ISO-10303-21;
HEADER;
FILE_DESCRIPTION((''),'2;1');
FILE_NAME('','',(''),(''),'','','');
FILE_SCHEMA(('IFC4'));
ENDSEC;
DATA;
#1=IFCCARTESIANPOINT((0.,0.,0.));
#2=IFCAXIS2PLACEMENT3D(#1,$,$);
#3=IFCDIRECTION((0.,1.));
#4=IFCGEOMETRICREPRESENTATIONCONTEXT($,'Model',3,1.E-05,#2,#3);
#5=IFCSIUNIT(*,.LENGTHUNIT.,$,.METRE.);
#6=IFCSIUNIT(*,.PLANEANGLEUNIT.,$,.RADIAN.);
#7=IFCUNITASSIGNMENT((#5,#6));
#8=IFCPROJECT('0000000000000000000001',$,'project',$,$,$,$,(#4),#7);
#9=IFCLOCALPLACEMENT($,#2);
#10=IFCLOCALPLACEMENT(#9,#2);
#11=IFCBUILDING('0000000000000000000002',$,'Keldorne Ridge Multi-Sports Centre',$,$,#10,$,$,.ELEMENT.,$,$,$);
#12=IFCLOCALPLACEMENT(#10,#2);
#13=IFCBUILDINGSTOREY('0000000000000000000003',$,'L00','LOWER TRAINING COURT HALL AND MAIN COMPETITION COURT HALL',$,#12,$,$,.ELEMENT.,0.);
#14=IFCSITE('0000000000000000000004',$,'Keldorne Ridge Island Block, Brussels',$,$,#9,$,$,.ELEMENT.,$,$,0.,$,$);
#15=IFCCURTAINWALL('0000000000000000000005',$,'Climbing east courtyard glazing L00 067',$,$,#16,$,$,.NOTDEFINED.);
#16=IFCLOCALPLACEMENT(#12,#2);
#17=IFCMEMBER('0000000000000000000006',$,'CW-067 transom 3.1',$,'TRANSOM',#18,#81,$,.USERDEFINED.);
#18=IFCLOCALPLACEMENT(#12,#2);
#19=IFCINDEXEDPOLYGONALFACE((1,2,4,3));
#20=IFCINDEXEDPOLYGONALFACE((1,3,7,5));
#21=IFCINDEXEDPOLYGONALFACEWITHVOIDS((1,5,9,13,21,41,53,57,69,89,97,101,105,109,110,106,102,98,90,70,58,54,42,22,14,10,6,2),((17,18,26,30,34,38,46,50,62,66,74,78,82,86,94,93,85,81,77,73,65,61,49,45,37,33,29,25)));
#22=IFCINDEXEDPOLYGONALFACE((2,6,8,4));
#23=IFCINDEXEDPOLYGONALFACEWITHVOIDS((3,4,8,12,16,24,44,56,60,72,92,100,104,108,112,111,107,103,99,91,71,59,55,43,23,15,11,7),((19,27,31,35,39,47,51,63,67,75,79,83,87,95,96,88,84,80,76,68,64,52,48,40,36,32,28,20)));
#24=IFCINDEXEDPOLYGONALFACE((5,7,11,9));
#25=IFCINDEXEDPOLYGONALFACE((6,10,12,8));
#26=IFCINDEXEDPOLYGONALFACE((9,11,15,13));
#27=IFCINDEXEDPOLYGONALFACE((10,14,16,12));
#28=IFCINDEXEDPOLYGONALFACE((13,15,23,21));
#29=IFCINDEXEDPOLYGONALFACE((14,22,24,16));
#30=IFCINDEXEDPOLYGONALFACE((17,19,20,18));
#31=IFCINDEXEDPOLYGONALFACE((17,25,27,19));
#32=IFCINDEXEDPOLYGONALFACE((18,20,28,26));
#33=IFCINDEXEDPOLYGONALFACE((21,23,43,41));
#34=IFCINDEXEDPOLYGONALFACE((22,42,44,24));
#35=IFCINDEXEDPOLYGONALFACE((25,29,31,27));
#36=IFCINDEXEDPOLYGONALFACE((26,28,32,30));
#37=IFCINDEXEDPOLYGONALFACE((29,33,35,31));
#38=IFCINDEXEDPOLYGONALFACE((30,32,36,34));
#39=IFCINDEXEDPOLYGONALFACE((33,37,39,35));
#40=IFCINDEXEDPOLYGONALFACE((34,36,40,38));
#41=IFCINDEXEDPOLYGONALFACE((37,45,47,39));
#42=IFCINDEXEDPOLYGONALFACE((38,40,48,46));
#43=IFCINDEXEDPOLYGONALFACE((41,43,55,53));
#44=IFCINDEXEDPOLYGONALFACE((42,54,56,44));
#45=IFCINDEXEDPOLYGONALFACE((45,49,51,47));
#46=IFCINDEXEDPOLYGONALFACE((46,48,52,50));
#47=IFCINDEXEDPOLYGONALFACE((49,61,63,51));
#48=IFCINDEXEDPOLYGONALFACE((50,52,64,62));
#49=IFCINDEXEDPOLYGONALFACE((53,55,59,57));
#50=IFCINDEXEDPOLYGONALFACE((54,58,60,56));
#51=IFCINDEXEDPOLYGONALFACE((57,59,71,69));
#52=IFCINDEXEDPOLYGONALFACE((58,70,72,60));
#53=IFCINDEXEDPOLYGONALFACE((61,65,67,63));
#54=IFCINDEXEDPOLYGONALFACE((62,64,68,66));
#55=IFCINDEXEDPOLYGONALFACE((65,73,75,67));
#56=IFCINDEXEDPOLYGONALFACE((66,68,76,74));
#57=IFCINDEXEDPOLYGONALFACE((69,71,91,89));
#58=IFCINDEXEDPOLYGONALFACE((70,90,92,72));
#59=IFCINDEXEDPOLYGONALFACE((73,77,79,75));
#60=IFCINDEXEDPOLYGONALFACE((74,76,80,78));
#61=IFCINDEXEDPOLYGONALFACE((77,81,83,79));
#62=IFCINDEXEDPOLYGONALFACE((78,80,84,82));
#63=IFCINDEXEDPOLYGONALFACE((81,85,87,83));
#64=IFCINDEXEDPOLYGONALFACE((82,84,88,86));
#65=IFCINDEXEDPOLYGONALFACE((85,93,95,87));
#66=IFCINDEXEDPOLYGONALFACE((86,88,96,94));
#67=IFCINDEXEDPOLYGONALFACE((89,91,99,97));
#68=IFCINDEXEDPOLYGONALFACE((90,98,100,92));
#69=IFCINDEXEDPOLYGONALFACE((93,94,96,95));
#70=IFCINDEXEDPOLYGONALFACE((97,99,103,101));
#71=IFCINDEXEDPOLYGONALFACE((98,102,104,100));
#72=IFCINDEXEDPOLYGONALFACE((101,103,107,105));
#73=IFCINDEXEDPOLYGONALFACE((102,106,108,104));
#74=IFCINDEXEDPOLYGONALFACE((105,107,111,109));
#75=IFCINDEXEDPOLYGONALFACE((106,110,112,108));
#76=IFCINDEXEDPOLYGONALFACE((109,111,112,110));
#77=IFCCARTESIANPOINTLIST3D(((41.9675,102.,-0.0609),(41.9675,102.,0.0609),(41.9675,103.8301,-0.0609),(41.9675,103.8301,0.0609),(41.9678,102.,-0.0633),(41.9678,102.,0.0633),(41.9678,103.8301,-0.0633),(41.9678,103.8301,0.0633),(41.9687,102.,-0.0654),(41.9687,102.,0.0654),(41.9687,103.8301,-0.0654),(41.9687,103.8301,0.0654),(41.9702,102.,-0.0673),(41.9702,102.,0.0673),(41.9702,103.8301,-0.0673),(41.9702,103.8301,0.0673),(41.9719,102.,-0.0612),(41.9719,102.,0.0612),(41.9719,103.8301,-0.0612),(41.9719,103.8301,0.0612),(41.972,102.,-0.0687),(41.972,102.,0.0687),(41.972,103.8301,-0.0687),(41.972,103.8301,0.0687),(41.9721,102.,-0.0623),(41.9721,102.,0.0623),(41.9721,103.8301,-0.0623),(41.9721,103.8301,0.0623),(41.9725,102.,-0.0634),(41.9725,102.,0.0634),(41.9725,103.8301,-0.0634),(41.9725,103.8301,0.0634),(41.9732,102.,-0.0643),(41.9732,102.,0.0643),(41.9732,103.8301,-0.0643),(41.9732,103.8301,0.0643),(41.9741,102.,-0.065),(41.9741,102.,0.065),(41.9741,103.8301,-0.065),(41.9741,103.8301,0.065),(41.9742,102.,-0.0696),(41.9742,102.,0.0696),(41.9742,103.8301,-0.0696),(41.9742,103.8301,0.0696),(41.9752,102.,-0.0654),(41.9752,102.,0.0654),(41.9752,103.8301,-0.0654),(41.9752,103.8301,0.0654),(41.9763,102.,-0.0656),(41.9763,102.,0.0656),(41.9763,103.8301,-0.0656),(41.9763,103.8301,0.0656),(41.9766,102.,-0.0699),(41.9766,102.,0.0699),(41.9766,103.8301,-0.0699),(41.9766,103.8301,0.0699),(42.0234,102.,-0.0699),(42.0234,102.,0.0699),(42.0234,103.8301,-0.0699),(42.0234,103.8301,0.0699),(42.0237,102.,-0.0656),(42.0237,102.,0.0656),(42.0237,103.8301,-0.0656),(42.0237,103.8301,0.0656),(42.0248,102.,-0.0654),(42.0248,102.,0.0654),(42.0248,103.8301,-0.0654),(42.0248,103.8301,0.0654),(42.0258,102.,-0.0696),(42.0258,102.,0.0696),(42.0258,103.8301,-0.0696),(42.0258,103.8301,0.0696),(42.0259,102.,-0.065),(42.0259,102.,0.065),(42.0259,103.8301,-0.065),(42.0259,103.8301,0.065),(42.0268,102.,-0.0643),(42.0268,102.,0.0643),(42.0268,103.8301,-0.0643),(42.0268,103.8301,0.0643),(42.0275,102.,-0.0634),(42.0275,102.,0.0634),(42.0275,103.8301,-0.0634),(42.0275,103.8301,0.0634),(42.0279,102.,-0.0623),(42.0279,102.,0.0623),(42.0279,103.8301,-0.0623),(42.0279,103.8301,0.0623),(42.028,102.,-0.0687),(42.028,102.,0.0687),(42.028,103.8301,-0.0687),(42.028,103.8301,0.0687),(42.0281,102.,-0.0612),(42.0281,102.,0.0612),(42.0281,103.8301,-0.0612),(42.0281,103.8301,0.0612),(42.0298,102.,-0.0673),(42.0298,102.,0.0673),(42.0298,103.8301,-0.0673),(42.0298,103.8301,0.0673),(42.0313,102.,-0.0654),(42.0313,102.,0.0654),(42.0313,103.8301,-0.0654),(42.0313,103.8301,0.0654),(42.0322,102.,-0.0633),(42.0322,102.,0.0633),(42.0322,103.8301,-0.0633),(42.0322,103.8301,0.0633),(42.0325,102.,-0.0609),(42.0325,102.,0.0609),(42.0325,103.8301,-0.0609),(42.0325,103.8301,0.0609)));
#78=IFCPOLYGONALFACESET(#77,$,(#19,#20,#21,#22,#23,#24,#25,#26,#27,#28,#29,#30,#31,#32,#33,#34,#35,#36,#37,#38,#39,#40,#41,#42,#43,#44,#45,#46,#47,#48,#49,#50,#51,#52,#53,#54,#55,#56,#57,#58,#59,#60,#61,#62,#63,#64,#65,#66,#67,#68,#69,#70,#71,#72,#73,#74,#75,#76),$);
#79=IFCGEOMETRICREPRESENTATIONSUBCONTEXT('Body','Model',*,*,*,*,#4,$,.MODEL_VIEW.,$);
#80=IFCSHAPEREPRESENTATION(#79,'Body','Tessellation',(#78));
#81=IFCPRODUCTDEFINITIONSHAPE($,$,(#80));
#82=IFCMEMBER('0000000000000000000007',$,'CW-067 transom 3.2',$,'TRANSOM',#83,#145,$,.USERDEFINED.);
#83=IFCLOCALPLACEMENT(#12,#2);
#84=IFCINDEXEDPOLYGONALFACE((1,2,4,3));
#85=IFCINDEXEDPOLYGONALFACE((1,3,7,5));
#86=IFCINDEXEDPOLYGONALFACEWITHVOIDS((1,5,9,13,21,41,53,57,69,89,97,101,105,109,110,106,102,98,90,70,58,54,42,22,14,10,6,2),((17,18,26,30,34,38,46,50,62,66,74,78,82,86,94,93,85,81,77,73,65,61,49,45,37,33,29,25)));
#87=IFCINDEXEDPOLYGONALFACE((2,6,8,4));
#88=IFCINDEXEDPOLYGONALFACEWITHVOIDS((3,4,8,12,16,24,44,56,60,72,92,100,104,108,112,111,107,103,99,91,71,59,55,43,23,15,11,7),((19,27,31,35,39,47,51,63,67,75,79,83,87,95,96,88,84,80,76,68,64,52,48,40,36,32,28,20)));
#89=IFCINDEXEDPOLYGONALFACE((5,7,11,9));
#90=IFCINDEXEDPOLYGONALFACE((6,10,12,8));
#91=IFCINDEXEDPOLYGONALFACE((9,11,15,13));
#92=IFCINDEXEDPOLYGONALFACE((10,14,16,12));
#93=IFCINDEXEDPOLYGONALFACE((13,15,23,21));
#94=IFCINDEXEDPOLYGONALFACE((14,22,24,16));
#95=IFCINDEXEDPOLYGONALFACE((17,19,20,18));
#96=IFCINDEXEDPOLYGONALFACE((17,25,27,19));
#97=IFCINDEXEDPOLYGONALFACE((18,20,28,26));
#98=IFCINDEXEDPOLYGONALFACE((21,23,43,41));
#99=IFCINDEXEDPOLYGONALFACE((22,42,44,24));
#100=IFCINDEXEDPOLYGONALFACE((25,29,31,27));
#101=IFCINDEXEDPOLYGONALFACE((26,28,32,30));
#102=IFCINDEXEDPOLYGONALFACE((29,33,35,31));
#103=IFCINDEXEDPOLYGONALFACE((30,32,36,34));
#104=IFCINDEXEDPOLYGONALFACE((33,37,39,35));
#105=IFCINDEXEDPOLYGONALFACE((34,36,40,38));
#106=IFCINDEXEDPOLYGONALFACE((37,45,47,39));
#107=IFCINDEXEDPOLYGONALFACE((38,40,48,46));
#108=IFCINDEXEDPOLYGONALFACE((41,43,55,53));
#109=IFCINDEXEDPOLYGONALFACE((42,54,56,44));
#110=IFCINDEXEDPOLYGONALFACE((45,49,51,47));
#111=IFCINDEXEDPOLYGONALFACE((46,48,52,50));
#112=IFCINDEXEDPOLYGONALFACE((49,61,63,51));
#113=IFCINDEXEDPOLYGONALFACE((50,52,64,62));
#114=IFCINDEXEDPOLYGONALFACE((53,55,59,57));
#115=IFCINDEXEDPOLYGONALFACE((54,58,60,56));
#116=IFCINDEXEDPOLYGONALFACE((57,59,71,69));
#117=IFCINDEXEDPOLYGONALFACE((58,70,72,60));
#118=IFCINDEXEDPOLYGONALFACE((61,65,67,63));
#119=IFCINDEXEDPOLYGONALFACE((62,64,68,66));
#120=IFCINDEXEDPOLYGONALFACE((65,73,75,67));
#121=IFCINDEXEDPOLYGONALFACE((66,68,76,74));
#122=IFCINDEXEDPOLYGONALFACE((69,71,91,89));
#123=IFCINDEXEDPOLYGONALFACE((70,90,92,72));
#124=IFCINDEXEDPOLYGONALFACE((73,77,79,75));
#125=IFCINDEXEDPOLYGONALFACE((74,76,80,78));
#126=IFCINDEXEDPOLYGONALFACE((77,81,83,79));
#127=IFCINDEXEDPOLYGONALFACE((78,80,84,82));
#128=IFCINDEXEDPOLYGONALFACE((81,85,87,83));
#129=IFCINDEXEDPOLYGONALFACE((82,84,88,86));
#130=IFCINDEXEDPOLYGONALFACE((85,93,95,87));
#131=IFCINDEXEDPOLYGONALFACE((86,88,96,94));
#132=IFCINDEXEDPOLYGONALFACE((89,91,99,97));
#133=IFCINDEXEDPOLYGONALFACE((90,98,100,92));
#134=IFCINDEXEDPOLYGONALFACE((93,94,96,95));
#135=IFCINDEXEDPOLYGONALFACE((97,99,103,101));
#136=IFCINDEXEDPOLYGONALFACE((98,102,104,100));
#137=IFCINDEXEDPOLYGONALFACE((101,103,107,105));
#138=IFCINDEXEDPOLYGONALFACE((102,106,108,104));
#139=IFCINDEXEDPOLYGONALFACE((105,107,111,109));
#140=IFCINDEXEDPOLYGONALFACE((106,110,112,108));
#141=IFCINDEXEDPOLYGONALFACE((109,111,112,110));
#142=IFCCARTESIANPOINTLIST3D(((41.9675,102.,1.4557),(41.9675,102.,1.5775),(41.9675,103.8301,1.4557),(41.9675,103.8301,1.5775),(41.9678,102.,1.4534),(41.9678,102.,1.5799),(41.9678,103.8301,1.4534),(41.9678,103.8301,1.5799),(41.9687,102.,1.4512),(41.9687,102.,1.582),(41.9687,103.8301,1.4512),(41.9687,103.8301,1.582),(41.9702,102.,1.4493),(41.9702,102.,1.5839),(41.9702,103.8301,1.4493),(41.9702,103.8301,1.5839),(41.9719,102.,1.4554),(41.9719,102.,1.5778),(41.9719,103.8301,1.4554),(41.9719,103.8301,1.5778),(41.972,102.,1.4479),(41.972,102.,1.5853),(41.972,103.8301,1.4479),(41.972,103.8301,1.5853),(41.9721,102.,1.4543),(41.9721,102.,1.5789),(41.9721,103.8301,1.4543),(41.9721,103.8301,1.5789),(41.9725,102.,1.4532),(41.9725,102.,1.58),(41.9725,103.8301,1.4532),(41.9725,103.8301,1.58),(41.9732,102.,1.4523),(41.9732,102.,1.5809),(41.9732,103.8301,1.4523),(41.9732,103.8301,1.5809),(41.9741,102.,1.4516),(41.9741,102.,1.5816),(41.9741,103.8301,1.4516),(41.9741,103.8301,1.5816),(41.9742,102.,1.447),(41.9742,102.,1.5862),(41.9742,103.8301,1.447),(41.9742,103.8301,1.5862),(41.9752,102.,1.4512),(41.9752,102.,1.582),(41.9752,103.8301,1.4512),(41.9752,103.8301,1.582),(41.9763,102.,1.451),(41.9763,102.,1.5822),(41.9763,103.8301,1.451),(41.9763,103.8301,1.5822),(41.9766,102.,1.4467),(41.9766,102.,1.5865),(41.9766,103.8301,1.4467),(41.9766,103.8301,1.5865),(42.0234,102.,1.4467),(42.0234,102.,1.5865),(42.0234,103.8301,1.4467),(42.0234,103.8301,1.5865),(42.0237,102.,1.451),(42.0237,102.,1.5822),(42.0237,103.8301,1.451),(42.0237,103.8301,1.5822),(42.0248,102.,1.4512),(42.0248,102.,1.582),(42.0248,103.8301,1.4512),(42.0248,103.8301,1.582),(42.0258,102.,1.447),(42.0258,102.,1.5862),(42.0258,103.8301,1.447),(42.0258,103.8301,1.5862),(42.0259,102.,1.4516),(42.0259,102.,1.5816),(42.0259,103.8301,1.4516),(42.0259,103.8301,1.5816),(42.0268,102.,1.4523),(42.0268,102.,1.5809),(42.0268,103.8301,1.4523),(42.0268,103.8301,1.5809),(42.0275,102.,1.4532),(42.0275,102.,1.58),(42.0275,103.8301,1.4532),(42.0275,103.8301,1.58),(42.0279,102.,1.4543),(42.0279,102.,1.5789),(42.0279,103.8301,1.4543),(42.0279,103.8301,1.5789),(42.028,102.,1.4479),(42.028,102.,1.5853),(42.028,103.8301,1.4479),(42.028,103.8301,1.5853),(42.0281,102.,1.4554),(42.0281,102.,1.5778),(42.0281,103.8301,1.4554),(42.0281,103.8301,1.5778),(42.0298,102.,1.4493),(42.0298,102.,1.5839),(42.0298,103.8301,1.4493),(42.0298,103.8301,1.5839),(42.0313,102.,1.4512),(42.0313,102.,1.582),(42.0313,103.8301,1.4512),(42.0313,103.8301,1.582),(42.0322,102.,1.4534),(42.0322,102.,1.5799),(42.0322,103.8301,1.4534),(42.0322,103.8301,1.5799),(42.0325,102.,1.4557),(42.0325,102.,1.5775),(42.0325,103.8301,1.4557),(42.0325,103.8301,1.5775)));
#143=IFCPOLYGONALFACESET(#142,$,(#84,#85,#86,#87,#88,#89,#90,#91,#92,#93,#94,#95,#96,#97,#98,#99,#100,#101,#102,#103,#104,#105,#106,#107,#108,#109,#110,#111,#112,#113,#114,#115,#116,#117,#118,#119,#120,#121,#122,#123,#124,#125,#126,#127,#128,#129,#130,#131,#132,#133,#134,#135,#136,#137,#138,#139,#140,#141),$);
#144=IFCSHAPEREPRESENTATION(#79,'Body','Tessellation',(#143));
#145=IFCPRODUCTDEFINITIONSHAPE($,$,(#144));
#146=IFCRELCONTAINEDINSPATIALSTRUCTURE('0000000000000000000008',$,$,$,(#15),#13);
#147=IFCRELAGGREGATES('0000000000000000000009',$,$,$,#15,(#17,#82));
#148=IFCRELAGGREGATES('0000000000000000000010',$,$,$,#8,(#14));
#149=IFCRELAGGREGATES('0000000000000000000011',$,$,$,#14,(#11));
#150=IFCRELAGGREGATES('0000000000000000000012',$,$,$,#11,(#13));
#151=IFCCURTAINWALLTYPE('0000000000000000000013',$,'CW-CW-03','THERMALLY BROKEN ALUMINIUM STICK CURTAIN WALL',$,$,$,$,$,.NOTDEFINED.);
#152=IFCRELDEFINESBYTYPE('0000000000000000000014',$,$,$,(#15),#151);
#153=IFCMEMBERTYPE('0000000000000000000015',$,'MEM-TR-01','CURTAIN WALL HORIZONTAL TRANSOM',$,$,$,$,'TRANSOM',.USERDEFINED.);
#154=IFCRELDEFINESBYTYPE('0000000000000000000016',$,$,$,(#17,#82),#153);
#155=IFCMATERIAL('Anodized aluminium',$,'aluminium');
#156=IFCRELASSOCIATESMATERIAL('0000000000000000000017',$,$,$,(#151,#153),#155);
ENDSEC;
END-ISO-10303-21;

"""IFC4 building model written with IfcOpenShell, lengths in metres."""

from ifc_helpers import new_model, si_unit, direction, frame, origin, origin_2d, place, context, subcontext, project, spatial, hollow_rectangle, extrude, material, material_profile, profile_set, type_object, element, aggregate, save


model = new_model("IFC4")

# Units and contexts
model_context = context("Model", 3, precision=1e-05, world=origin(), true_north=direction((0.0, 1.0)))
body_context = subcontext(model_context, "Body", "Model", "MODEL_VIEW")
ifc_project = project(units=[si_unit("LENGTHUNIT", "METRE"), si_unit("PLANEANGLEUNIT", "RADIAN")], contexts=[model_context])

# Site, building, storey
site_placement = place(None, origin())
site = spatial("IfcSite", under=ifc_project, at=site_placement, Name="Keldorne Ridge Island Block, Brussels", CompositionType="ELEMENT", RefElevation=0.0)
building_placement = place(site_placement, origin())
building = spatial("IfcBuilding", under=site, at=building_placement, Name="Keldorne Ridge Multi-Sports Centre", CompositionType="ELEMENT")
storey_placement = place(building_placement, origin())
storey = spatial("IfcBuildingStorey", under=building, at=storey_placement, Name="L00", Description="LOWER TRAINING COURT HALL AND MAIN COMPETITION COURT HALL", CompositionType="ELEMENT", Elevation=0.0)

# Shared definitions
ifc_material_1 = material(Name="Anodized aluminium", Category="aluminium")

# Curtain wall, members
curtain_wall_type_1 = type_object("IfcCurtainWallType", Name="CW-CW-03", Description="THERMALLY BROKEN ALUMINIUM STICK CURTAIN WALL", PredefinedType="NOTDEFINED", material=ifc_material_1)
curtain_wall_1_placement = place(storey_placement, origin())
curtain_wall_1 = element("IfcCurtainWall", 1, at=curtain_wall_1_placement, inside=storey, type_object=curtain_wall_type_1, Name="Climbing east courtyard glazing L00 067", PredefinedType="NOTDEFINED")
ifc_material_profile_1 = material_profile(ifc_material_1, hollow_rectangle(XDim=0.0649, YDim=0.1399, WallThickness=0.0044, InnerFilletRadius=0.0044, OuterFilletRadius=0.009, at=origin_2d()), Name="ALU TRANSOM 140x65x4.5")
ifc_profile_set_1 = profile_set([ifc_material_profile_1], Name="Anodized aluminium")
member_type_1 = type_object("IfcMemberType", Name="MEM-TR-01", Description="CURTAIN WALL HORIZONTAL TRANSOM", ElementType="TRANSOM", PredefinedType="USERDEFINED", material=ifc_profile_set_1)
member_1_placement = place(storey_placement, frame((42.0, 102.0, 0.0), z_axis=(0.0, 1.0, 0.0), x_axis=(-1.0, 0.0, 0.0)))
member_1 = element("IfcMember", 2, at=member_1_placement, type_object=member_type_1, Name="CW-067 transom 3.1", ObjectType="TRANSOM", PredefinedType="USERDEFINED", context=body_context, shape_type="SweptSolid", body=[
    extrude(hollow_rectangle(XDim=0.0649, YDim=0.1399, WallThickness=0.0044, InnerFilletRadius=0.0044, OuterFilletRadius=0.009, at=origin_2d()), origin(), (0.0, 0.0, 1.0), 1.8301),
])
member_2_placement = place(storey_placement, frame((42.0, 102.0, 1.5166), z_axis=(0.0, 1.0, 0.0), x_axis=(-1.0, 0.0, 0.0)))
member_2 = element("IfcMember", 3, at=member_2_placement, type_object=member_type_1, Name="CW-067 transom 3.2", ObjectType="TRANSOM", PredefinedType="USERDEFINED", context=body_context, shape_type="SweptSolid", body=[
    extrude(hollow_rectangle(XDim=0.0649, YDim=0.1399, WallThickness=0.0044, InnerFilletRadius=0.0044, OuterFilletRadius=0.009, at=origin_2d()), origin(), (0.0, 0.0, 1.0), 1.8301),
])

aggregate(curtain_wall_1, [member_1, member_2])

save(model, "model.ifc")
